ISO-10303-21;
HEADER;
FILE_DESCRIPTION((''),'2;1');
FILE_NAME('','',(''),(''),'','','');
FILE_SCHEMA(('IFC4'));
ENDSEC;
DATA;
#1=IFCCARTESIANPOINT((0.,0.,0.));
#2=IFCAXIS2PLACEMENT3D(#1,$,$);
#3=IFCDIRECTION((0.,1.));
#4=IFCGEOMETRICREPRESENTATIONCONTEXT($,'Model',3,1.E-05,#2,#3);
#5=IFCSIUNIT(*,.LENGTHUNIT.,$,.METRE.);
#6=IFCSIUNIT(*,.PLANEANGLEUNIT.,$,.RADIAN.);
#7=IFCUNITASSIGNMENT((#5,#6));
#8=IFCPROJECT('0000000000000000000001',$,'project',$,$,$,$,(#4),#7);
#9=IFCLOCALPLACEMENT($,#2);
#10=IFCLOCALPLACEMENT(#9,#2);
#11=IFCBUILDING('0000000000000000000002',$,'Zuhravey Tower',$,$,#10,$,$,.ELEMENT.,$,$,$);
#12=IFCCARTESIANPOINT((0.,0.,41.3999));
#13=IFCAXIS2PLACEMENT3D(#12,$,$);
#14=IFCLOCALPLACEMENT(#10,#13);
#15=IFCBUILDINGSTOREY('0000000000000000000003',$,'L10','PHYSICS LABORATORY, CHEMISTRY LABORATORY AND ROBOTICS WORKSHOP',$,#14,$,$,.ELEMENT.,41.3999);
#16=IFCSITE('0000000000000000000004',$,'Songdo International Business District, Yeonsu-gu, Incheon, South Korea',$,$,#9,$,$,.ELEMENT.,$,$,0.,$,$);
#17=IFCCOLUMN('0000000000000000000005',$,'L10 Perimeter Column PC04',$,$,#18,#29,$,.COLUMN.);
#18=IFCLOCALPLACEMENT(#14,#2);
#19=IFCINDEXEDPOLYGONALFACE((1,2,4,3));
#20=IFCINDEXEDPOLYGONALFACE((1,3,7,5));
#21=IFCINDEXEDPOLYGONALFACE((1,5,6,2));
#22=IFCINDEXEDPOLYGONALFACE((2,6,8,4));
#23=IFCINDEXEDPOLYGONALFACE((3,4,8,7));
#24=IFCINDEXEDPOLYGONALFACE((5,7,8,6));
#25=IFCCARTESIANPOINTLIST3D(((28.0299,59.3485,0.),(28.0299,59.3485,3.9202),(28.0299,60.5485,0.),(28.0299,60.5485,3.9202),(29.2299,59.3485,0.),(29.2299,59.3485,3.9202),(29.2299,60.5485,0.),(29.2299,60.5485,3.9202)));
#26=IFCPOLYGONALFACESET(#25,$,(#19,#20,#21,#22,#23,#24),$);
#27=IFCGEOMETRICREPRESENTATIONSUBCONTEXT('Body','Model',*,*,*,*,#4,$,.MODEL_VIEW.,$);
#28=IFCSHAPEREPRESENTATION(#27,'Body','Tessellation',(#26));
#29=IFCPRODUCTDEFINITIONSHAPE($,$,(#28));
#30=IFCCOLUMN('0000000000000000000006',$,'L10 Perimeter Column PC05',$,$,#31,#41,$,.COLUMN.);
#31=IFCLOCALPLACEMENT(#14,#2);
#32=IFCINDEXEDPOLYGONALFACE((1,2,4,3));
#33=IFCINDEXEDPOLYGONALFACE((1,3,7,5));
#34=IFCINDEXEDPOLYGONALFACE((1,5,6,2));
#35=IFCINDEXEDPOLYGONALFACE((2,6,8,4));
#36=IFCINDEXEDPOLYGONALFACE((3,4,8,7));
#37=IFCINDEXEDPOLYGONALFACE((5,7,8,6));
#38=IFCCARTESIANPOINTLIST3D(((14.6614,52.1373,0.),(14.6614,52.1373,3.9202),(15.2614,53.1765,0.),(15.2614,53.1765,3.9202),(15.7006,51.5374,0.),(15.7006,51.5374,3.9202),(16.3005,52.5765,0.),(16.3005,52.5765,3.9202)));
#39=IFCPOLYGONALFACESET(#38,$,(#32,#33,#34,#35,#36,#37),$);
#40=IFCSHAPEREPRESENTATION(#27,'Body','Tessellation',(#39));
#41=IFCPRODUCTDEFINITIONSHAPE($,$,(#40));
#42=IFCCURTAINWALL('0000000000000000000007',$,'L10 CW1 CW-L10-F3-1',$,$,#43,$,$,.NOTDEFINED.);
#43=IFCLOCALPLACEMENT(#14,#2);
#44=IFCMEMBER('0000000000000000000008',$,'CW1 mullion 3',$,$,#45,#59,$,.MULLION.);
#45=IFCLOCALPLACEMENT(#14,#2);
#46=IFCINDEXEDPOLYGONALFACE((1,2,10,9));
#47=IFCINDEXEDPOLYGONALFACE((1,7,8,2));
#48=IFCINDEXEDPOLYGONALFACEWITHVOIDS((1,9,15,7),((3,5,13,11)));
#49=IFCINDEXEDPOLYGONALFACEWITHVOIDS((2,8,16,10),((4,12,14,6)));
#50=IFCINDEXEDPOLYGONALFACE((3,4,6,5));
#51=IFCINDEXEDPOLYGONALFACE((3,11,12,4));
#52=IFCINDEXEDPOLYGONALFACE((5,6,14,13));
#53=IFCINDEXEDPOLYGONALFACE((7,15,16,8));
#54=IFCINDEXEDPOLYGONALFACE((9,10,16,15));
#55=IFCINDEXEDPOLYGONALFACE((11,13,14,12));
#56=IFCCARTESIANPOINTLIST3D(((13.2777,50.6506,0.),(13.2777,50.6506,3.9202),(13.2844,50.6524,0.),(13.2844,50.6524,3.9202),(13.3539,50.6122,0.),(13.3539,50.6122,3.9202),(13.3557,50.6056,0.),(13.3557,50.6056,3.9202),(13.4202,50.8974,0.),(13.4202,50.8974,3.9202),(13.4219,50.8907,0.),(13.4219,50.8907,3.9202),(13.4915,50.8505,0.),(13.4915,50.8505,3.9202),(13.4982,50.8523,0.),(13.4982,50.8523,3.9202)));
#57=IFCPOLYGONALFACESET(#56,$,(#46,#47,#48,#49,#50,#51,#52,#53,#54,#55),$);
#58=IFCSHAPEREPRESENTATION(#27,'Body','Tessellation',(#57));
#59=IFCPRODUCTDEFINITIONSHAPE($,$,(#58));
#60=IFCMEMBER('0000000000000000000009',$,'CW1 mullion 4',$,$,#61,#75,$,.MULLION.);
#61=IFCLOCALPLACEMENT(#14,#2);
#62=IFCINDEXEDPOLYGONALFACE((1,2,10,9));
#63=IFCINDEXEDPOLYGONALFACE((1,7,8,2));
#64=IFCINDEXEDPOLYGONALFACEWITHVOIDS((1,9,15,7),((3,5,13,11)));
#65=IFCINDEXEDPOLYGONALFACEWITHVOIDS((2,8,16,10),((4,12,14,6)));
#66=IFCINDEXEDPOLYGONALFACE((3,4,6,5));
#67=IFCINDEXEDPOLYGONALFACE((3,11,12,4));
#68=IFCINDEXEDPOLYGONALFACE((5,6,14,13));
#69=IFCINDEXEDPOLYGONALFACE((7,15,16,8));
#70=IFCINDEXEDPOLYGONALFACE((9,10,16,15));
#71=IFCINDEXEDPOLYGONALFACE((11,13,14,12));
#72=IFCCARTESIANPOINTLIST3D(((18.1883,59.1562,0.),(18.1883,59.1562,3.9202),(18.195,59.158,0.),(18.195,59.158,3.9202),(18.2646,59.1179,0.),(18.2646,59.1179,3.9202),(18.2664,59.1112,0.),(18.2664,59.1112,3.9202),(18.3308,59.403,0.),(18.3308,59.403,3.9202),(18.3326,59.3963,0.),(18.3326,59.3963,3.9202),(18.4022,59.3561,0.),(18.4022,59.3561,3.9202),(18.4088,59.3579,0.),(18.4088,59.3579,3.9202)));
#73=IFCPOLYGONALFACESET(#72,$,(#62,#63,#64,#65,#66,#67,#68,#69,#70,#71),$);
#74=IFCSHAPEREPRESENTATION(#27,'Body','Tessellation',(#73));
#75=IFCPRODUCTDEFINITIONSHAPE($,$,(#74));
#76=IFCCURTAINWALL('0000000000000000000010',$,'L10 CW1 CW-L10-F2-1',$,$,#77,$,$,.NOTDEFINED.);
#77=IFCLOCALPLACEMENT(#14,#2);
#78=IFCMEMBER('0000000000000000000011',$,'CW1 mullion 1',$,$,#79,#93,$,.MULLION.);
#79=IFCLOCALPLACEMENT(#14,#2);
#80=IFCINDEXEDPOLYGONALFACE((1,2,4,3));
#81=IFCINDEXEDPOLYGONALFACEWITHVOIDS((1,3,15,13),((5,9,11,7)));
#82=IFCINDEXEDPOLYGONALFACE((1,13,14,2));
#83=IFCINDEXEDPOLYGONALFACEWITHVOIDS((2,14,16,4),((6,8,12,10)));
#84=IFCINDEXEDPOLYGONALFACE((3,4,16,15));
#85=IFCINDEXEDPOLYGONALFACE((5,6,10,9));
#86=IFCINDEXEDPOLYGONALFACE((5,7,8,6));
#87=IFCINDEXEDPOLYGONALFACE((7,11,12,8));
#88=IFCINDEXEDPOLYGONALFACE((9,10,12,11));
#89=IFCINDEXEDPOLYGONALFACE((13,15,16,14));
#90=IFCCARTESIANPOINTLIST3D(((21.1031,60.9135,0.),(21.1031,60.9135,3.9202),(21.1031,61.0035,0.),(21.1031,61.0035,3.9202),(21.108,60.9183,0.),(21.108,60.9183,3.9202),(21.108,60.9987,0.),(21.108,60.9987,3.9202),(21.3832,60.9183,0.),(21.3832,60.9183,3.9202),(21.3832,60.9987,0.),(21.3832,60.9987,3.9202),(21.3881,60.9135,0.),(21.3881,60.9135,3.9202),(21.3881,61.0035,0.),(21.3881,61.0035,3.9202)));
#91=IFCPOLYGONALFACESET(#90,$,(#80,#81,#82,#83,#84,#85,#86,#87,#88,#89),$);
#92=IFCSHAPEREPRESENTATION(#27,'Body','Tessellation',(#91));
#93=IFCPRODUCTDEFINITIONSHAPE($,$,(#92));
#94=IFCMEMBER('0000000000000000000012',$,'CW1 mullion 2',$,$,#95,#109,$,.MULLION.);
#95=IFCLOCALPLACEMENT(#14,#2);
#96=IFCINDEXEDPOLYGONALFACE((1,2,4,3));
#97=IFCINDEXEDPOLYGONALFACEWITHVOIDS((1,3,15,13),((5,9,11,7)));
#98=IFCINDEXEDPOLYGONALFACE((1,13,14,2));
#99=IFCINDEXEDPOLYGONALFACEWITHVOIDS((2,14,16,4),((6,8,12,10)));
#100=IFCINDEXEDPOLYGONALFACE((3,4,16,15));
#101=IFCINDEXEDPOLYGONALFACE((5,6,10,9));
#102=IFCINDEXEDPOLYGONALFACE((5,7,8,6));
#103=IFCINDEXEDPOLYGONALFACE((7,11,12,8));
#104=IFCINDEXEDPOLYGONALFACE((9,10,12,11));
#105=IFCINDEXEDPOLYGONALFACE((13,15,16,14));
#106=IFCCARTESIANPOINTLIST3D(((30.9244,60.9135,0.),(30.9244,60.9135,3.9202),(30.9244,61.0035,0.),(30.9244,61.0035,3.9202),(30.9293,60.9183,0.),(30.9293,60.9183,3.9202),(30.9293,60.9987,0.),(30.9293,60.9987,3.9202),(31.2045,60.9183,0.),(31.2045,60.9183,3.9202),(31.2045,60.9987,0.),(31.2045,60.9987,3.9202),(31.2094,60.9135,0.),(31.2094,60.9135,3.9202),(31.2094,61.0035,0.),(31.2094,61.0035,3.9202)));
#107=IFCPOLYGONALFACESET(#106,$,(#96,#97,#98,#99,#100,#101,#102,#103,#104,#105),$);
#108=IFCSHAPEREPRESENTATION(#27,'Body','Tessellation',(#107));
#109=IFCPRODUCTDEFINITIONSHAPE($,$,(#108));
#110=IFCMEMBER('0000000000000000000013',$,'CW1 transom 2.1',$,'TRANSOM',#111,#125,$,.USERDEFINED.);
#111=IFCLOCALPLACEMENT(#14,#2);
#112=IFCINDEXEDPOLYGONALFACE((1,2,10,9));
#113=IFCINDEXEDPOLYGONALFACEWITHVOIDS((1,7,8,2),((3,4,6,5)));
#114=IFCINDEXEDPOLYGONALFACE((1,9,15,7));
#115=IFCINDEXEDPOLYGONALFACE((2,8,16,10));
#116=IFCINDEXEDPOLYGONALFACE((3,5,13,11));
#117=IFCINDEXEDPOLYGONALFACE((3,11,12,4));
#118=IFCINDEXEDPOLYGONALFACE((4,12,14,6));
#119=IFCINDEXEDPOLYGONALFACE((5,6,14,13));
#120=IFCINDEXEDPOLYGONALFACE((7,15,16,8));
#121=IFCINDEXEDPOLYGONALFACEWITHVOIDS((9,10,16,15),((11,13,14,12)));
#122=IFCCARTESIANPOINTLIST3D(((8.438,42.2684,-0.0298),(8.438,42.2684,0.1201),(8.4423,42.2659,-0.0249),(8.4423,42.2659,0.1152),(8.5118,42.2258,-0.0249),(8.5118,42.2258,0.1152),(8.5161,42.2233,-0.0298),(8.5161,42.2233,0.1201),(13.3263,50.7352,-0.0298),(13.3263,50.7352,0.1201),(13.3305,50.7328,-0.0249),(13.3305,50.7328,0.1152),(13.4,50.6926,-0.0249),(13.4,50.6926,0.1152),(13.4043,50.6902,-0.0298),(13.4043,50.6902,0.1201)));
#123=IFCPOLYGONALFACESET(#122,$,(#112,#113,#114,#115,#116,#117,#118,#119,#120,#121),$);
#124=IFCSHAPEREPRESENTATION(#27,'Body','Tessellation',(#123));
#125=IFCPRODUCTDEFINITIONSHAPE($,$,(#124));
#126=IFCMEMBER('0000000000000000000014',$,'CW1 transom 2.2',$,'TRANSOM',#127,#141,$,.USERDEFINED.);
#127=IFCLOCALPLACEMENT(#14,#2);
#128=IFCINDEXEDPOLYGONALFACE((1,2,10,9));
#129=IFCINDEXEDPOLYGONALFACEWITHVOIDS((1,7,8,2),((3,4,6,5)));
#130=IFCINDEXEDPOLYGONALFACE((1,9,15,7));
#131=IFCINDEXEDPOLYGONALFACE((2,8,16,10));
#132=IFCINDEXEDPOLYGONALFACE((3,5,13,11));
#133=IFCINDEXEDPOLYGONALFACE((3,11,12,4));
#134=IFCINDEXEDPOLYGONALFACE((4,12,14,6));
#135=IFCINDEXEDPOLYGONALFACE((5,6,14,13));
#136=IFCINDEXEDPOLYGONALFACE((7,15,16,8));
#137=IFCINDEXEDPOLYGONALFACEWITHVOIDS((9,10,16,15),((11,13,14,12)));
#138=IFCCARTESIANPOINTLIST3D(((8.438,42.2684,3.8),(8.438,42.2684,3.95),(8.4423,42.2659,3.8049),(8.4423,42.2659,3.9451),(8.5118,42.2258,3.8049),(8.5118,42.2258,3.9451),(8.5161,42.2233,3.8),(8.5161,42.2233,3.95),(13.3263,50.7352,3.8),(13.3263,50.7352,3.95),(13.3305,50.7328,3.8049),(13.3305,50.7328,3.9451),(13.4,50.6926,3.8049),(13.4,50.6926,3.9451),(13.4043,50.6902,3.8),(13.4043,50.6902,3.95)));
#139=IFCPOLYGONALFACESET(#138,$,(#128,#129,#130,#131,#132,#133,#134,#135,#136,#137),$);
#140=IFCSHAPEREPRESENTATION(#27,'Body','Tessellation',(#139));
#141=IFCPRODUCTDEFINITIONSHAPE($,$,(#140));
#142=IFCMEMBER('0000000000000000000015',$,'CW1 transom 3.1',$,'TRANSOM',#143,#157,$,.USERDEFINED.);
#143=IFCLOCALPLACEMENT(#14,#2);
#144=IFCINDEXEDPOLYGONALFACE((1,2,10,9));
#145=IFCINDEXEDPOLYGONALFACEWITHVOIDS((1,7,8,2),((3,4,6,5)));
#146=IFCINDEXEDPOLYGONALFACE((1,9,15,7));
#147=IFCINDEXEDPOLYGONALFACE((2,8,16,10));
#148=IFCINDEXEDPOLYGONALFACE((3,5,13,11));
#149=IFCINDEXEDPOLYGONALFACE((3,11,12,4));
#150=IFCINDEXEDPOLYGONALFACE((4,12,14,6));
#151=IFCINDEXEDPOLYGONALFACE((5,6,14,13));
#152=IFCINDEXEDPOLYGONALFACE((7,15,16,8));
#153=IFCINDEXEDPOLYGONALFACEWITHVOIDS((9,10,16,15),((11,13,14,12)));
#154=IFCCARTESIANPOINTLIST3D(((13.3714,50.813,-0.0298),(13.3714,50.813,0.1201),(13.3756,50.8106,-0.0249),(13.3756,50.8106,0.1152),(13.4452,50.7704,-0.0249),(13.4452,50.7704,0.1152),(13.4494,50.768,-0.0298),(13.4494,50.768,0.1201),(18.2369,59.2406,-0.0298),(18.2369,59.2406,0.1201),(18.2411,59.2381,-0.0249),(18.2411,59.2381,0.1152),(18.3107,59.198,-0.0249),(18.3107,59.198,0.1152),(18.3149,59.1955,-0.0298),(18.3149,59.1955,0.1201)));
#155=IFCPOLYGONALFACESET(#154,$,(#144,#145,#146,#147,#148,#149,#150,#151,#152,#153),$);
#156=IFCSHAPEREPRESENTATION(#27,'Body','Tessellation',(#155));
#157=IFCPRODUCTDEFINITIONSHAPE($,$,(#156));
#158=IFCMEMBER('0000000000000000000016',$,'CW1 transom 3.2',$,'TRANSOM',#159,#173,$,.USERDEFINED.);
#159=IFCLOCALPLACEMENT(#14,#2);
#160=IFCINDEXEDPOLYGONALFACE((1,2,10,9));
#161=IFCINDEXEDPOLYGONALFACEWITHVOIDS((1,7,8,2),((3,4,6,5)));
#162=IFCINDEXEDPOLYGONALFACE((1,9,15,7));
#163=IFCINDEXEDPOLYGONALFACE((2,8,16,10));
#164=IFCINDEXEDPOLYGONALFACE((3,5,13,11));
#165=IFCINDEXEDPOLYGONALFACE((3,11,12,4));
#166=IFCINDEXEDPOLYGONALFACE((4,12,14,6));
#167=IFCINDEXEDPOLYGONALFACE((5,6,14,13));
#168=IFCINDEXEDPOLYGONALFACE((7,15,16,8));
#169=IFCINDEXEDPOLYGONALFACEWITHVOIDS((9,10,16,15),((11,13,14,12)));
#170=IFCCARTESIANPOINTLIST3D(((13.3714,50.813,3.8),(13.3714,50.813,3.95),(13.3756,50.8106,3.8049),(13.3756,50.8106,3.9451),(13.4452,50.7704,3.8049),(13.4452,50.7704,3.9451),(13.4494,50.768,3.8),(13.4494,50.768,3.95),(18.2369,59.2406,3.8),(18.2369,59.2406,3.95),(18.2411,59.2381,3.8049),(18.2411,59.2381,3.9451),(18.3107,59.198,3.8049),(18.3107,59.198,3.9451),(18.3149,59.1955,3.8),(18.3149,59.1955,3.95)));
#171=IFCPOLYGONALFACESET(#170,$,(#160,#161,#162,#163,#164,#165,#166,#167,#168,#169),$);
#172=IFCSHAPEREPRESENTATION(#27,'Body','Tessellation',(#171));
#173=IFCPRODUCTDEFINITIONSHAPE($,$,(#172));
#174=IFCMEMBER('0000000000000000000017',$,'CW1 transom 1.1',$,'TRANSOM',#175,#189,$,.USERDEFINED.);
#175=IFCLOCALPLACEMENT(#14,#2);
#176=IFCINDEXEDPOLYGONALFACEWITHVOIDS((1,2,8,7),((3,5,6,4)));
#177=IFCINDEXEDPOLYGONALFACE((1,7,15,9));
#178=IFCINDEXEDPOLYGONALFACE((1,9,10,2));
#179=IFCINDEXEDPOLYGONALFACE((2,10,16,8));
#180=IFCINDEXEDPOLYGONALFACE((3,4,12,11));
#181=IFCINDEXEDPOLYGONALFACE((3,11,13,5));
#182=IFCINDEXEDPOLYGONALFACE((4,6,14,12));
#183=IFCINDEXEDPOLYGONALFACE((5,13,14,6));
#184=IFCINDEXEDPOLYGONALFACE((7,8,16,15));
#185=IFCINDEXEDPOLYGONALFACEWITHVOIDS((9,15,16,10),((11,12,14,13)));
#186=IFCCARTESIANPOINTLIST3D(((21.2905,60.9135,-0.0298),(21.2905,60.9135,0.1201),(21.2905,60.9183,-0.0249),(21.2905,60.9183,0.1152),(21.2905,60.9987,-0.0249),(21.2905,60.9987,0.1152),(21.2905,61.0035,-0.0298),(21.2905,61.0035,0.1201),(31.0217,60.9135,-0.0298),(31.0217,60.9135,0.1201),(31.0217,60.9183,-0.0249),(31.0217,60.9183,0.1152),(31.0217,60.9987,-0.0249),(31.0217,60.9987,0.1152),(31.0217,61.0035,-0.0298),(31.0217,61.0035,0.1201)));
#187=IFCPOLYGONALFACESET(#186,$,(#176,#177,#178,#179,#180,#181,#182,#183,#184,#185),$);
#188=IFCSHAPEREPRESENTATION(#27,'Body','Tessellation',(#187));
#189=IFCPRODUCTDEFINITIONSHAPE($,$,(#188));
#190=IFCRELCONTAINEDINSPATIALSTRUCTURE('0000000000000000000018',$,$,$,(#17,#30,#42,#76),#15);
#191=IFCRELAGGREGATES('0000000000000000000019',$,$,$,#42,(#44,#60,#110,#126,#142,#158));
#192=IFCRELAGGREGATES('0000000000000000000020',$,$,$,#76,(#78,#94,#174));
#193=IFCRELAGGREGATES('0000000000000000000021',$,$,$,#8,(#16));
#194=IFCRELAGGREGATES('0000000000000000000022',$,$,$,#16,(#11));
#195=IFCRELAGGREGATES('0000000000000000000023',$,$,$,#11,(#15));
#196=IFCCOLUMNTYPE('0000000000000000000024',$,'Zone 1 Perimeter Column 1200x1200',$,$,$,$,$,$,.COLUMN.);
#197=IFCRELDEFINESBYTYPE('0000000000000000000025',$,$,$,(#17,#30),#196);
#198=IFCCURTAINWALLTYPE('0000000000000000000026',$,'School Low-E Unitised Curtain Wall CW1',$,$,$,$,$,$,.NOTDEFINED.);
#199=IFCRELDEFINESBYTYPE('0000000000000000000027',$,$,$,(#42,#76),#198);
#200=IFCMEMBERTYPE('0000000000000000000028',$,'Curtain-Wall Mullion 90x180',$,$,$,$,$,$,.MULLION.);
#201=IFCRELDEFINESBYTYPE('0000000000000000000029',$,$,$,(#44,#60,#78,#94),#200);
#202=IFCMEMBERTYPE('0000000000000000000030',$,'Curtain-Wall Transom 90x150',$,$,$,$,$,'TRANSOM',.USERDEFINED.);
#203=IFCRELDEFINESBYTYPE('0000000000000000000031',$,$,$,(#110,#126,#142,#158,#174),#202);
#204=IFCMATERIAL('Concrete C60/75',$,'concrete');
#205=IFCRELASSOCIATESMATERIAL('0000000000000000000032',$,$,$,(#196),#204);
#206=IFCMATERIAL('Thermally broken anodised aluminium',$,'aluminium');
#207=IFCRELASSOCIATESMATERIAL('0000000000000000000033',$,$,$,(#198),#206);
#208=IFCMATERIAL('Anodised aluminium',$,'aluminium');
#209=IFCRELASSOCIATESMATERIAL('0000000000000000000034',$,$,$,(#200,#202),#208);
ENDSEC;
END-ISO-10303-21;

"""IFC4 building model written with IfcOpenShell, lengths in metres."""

from ifc_helpers import new_model, si_unit, direction, frame, origin, origin_2d, place, context, subcontext, project, spatial, rectangle, hollow_rectangle, extrude, material, material_profile, profile_set, type_object, element, aggregate, save


model = new_model("IFC4")

# Units and contexts
model_context = context("Model", 3, precision=1e-05, world=origin(), true_north=direction((0.0, 1.0)))
body_context = subcontext(model_context, "Body", "Model", "MODEL_VIEW")
ifc_project = project(units=[si_unit("LENGTHUNIT", "METRE"), si_unit("PLANEANGLEUNIT", "RADIAN")], contexts=[model_context])

# Site, building, storey
site_placement = place(None, origin())
site = spatial("IfcSite", under=ifc_project, at=site_placement, Name="Songdo International Business District, Yeonsu-gu, Incheon, South Korea", CompositionType="ELEMENT", RefElevation=0.0)
building_placement = place(site_placement, origin())
building = spatial("IfcBuilding", under=site, at=building_placement, Name="Zuhravey Tower", CompositionType="ELEMENT")
storey_placement = place(building_placement, frame((0.0, 0.0, 41.3999)))
storey = spatial("IfcBuildingStorey", under=building, at=storey_placement, Name="L10", Description="PHYSICS LABORATORY, CHEMISTRY LABORATORY AND ROBOTICS WORKSHOP", CompositionType="ELEMENT", Elevation=41.3999)

# Columns
ifc_material_1 = material(Name="Concrete C60/75", Category="concrete")
ifc_material_profile_1 = material_profile(ifc_material_1, rectangle(XDim=1.2, YDim=1.2, at=origin_2d()), Name="RC-1200x1200")
ifc_profile_set_1 = profile_set([ifc_material_profile_1], Name="Concrete C60/75")
column_type = type_object("IfcColumnType", Name="Zone 1 Perimeter Column 1200x1200", PredefinedType="COLUMN", material=ifc_profile_set_1)
for number, where, z_axis, x_axis, name in (
    (1, (28.6299, 59.9485, 0.0), (0.0, 0.0, 1.0), (-1.0, 0.0, 0.0), "L10 Perimeter Column PC04"),
    (2, (15.481, 52.3569, 0.0), (0.0, 0.0, 1.0), (-0.5, -0.866025, 0.0), "L10 Perimeter Column PC05"),
):
    element("IfcColumn", number, at=place(storey_placement, frame(where, z_axis=z_axis, x_axis=x_axis)), inside=storey, type_object=column_type, Name=name, PredefinedType="COLUMN", context=body_context, shape_type="SweptSolid", body=[
        extrude(rectangle(XDim=1.2, YDim=1.2, at=origin_2d()), origin(), (0.0, 0.0, 1.0), 3.9202),
    ])

# Curtain walls, members
ifc_material_2 = material(Name="Thermally broken anodised aluminium", Category="aluminium")
curtain_wall_type = type_object("IfcCurtainWallType", Name="School Low-E Unitised Curtain Wall CW1", PredefinedType="NOTDEFINED", material=ifc_material_2)
curtain_wall_1_placement = place(storey_placement, origin())
curtain_wall_1 = element("IfcCurtainWall", 3, at=curtain_wall_1_placement, inside=storey, type_object=curtain_wall_type, Name="L10 CW1 CW-L10-F3-1", PredefinedType="NOTDEFINED")
ifc_material_3 = material(Name="Anodised aluminium", Category="aluminium")
ifc_material_profile_2 = material_profile(ifc_material_3, hollow_rectangle(XDim=0.0901, YDim=0.2849, WallThickness=0.0049, at=origin_2d()), Name="ALU-RHS-90x285x5")
ifc_profile_set_2 = profile_set([ifc_material_profile_2], Name="Anodised aluminium")
member_type_1 = type_object("IfcMemberType", Name="Curtain-Wall Mullion 90x180", PredefinedType="MULLION", material=ifc_profile_set_2)
member_1_placement = place(storey_placement, frame((13.3879, 50.7515, 0.0), z_axis=(0.0, 0.0, 1.0), x_axis=(-0.866026, 0.5, 0.0)))
member_1 = element("IfcMember", 4, at=member_1_placement, type_object=member_type_1, Name="CW1 mullion 3", PredefinedType="MULLION", context=body_context, shape_type="SweptSolid", body=[
    extrude(hollow_rectangle(XDim=0.0901, YDim=0.2849, WallThickness=0.0049, at=origin_2d()), origin(), (0.0, 0.0, 1.0), 3.9202),
])
member_2_placement = place(storey_placement, frame((18.2986, 59.2571, 0.0), z_axis=(0.0, 0.0, 1.0), x_axis=(-0.866026, 0.5, 0.0)))
member_2 = element("IfcMember", 5, at=member_2_placement, type_object=member_type_1, Name="CW1 mullion 4", PredefinedType="MULLION", context=body_context, shape_type="SweptSolid", body=[
    extrude(hollow_rectangle(XDim=0.0901, YDim=0.2849, WallThickness=0.0049, at=origin_2d()), origin(), (0.0, 0.0, 1.0), 3.9202),
])
curtain_wall_2_placement = place(storey_placement, origin())
curtain_wall_2 = element("IfcCurtainWall", 6, at=curtain_wall_2_placement, inside=storey, type_object=curtain_wall_type, Name="L10 CW1 CW-L10-F2-1", PredefinedType="NOTDEFINED")
member_3_placement = place(storey_placement, frame((21.2456, 60.9585, 0.0), z_axis=(0.0, 0.0, 1.0), x_axis=(0.0, 1.0, 0.0)))
member_3 = element("IfcMember", 7, at=member_3_placement, type_object=member_type_1, Name="CW1 mullion 1", PredefinedType="MULLION", context=body_context, shape_type="SweptSolid", body=[
    extrude(hollow_rectangle(XDim=0.0901, YDim=0.2849, WallThickness=0.0049, at=origin_2d()), origin(), (0.0, 0.0, 1.0), 3.9202),
])
member_4_placement = place(storey_placement, frame((31.0669, 60.9585, 0.0), z_axis=(0.0, 0.0, 1.0), x_axis=(0.0, 1.0, 0.0)))
member_4 = element("IfcMember", 8, at=member_4_placement, type_object=member_type_1, Name="CW1 mullion 2", PredefinedType="MULLION", context=body_context, shape_type="SweptSolid", body=[
    extrude(hollow_rectangle(XDim=0.0901, YDim=0.2849, WallThickness=0.0049, at=origin_2d()), origin(), (0.0, 0.0, 1.0), 3.9202),
])

# Members
ifc_material_profile_3 = material_profile(ifc_material_3, hollow_rectangle(XDim=0.0901, YDim=0.1499, WallThickness=0.0049, at=origin_2d()), Name="ALU-RHS-90x150x5")
ifc_profile_set_3 = profile_set([ifc_material_profile_3], Name="Anodised aluminium")
member_type_2 = type_object("IfcMemberType", Name="Curtain-Wall Transom 90x150", ElementType="TRANSOM", PredefinedType="USERDEFINED", material=ifc_profile_set_3)
member_5_placement = place(storey_placement, frame((8.4771, 42.2458, 0.0452), z_axis=(0.49999, 0.866031, 0.0), x_axis=(-0.866031, 0.49999, 0.0)))
member_5 = element("IfcMember", 9, at=member_5_placement, type_object=member_type_2, Name="CW1 transom 2.1", ObjectType="TRANSOM", PredefinedType="USERDEFINED", context=body_context, shape_type="SweptSolid", body=[
    extrude(hollow_rectangle(XDim=0.0901, YDim=0.1499, WallThickness=0.0049, at=origin_2d()), origin(), (0.0, 0.0, 1.0), 9.7766),
])
member_6_placement = place(storey_placement, frame((8.4771, 42.2458, 3.875), z_axis=(0.49999, 0.866031, 0.0), x_axis=(-0.866031, 0.49999, 0.0)))
member_6 = element("IfcMember", 10, at=member_6_placement, type_object=member_type_2, Name="CW1 transom 2.2", ObjectType="TRANSOM", PredefinedType="USERDEFINED", context=body_context, shape_type="SweptSolid", body=[
    extrude(hollow_rectangle(XDim=0.0901, YDim=0.1499, WallThickness=0.0049, at=origin_2d()), origin(), (0.0, 0.0, 1.0), 9.7766),
])
member_7_placement = place(storey_placement, frame((13.4104, 50.7905, 0.0452), z_axis=(0.49999, 0.866031, 0.0), x_axis=(-0.866031, 0.49999, 0.0)))
member_7 = element("IfcMember", 11, at=member_7_placement, type_object=member_type_2, Name="CW1 transom 3.1", ObjectType="TRANSOM", PredefinedType="USERDEFINED", context=body_context, shape_type="SweptSolid", body=[
    extrude(hollow_rectangle(XDim=0.0901, YDim=0.1499, WallThickness=0.0049, at=origin_2d()), origin(), (0.0, 0.0, 1.0), 9.7312),
])
member_8_placement = place(storey_placement, frame((13.4104, 50.7905, 3.875), z_axis=(0.49999, 0.866031, 0.0), x_axis=(-0.866031, 0.49999, 0.0)))
member_8 = element("IfcMember", 12, at=member_8_placement, type_object=member_type_2, Name="CW1 transom 3.2", ObjectType="TRANSOM", PredefinedType="USERDEFINED", context=body_context, shape_type="SweptSolid", body=[
    extrude(hollow_rectangle(XDim=0.0901, YDim=0.1499, WallThickness=0.0049, at=origin_2d()), origin(), (0.0, 0.0, 1.0), 9.7312),
])
member_9_placement = place(storey_placement, frame((21.2905, 60.9585, 0.0452), z_axis=(1.0, 0.0, 0.0), x_axis=(0.0, 1.0, 0.0)))
member_9 = element("IfcMember", 13, at=member_9_placement, type_object=member_type_2, Name="CW1 transom 1.1", ObjectType="TRANSOM", PredefinedType="USERDEFINED", context=body_context, shape_type="SweptSolid", body=[
    extrude(hollow_rectangle(XDim=0.0901, YDim=0.1499, WallThickness=0.0049, at=origin_2d()), origin(), (0.0, 0.0, 1.0), 9.7312),
])

aggregate(curtain_wall_1, [member_1, member_2, member_5, member_6, member_7, member_8])
aggregate(curtain_wall_2, [member_3, member_4, member_9])

save(model, "model.ifc")
